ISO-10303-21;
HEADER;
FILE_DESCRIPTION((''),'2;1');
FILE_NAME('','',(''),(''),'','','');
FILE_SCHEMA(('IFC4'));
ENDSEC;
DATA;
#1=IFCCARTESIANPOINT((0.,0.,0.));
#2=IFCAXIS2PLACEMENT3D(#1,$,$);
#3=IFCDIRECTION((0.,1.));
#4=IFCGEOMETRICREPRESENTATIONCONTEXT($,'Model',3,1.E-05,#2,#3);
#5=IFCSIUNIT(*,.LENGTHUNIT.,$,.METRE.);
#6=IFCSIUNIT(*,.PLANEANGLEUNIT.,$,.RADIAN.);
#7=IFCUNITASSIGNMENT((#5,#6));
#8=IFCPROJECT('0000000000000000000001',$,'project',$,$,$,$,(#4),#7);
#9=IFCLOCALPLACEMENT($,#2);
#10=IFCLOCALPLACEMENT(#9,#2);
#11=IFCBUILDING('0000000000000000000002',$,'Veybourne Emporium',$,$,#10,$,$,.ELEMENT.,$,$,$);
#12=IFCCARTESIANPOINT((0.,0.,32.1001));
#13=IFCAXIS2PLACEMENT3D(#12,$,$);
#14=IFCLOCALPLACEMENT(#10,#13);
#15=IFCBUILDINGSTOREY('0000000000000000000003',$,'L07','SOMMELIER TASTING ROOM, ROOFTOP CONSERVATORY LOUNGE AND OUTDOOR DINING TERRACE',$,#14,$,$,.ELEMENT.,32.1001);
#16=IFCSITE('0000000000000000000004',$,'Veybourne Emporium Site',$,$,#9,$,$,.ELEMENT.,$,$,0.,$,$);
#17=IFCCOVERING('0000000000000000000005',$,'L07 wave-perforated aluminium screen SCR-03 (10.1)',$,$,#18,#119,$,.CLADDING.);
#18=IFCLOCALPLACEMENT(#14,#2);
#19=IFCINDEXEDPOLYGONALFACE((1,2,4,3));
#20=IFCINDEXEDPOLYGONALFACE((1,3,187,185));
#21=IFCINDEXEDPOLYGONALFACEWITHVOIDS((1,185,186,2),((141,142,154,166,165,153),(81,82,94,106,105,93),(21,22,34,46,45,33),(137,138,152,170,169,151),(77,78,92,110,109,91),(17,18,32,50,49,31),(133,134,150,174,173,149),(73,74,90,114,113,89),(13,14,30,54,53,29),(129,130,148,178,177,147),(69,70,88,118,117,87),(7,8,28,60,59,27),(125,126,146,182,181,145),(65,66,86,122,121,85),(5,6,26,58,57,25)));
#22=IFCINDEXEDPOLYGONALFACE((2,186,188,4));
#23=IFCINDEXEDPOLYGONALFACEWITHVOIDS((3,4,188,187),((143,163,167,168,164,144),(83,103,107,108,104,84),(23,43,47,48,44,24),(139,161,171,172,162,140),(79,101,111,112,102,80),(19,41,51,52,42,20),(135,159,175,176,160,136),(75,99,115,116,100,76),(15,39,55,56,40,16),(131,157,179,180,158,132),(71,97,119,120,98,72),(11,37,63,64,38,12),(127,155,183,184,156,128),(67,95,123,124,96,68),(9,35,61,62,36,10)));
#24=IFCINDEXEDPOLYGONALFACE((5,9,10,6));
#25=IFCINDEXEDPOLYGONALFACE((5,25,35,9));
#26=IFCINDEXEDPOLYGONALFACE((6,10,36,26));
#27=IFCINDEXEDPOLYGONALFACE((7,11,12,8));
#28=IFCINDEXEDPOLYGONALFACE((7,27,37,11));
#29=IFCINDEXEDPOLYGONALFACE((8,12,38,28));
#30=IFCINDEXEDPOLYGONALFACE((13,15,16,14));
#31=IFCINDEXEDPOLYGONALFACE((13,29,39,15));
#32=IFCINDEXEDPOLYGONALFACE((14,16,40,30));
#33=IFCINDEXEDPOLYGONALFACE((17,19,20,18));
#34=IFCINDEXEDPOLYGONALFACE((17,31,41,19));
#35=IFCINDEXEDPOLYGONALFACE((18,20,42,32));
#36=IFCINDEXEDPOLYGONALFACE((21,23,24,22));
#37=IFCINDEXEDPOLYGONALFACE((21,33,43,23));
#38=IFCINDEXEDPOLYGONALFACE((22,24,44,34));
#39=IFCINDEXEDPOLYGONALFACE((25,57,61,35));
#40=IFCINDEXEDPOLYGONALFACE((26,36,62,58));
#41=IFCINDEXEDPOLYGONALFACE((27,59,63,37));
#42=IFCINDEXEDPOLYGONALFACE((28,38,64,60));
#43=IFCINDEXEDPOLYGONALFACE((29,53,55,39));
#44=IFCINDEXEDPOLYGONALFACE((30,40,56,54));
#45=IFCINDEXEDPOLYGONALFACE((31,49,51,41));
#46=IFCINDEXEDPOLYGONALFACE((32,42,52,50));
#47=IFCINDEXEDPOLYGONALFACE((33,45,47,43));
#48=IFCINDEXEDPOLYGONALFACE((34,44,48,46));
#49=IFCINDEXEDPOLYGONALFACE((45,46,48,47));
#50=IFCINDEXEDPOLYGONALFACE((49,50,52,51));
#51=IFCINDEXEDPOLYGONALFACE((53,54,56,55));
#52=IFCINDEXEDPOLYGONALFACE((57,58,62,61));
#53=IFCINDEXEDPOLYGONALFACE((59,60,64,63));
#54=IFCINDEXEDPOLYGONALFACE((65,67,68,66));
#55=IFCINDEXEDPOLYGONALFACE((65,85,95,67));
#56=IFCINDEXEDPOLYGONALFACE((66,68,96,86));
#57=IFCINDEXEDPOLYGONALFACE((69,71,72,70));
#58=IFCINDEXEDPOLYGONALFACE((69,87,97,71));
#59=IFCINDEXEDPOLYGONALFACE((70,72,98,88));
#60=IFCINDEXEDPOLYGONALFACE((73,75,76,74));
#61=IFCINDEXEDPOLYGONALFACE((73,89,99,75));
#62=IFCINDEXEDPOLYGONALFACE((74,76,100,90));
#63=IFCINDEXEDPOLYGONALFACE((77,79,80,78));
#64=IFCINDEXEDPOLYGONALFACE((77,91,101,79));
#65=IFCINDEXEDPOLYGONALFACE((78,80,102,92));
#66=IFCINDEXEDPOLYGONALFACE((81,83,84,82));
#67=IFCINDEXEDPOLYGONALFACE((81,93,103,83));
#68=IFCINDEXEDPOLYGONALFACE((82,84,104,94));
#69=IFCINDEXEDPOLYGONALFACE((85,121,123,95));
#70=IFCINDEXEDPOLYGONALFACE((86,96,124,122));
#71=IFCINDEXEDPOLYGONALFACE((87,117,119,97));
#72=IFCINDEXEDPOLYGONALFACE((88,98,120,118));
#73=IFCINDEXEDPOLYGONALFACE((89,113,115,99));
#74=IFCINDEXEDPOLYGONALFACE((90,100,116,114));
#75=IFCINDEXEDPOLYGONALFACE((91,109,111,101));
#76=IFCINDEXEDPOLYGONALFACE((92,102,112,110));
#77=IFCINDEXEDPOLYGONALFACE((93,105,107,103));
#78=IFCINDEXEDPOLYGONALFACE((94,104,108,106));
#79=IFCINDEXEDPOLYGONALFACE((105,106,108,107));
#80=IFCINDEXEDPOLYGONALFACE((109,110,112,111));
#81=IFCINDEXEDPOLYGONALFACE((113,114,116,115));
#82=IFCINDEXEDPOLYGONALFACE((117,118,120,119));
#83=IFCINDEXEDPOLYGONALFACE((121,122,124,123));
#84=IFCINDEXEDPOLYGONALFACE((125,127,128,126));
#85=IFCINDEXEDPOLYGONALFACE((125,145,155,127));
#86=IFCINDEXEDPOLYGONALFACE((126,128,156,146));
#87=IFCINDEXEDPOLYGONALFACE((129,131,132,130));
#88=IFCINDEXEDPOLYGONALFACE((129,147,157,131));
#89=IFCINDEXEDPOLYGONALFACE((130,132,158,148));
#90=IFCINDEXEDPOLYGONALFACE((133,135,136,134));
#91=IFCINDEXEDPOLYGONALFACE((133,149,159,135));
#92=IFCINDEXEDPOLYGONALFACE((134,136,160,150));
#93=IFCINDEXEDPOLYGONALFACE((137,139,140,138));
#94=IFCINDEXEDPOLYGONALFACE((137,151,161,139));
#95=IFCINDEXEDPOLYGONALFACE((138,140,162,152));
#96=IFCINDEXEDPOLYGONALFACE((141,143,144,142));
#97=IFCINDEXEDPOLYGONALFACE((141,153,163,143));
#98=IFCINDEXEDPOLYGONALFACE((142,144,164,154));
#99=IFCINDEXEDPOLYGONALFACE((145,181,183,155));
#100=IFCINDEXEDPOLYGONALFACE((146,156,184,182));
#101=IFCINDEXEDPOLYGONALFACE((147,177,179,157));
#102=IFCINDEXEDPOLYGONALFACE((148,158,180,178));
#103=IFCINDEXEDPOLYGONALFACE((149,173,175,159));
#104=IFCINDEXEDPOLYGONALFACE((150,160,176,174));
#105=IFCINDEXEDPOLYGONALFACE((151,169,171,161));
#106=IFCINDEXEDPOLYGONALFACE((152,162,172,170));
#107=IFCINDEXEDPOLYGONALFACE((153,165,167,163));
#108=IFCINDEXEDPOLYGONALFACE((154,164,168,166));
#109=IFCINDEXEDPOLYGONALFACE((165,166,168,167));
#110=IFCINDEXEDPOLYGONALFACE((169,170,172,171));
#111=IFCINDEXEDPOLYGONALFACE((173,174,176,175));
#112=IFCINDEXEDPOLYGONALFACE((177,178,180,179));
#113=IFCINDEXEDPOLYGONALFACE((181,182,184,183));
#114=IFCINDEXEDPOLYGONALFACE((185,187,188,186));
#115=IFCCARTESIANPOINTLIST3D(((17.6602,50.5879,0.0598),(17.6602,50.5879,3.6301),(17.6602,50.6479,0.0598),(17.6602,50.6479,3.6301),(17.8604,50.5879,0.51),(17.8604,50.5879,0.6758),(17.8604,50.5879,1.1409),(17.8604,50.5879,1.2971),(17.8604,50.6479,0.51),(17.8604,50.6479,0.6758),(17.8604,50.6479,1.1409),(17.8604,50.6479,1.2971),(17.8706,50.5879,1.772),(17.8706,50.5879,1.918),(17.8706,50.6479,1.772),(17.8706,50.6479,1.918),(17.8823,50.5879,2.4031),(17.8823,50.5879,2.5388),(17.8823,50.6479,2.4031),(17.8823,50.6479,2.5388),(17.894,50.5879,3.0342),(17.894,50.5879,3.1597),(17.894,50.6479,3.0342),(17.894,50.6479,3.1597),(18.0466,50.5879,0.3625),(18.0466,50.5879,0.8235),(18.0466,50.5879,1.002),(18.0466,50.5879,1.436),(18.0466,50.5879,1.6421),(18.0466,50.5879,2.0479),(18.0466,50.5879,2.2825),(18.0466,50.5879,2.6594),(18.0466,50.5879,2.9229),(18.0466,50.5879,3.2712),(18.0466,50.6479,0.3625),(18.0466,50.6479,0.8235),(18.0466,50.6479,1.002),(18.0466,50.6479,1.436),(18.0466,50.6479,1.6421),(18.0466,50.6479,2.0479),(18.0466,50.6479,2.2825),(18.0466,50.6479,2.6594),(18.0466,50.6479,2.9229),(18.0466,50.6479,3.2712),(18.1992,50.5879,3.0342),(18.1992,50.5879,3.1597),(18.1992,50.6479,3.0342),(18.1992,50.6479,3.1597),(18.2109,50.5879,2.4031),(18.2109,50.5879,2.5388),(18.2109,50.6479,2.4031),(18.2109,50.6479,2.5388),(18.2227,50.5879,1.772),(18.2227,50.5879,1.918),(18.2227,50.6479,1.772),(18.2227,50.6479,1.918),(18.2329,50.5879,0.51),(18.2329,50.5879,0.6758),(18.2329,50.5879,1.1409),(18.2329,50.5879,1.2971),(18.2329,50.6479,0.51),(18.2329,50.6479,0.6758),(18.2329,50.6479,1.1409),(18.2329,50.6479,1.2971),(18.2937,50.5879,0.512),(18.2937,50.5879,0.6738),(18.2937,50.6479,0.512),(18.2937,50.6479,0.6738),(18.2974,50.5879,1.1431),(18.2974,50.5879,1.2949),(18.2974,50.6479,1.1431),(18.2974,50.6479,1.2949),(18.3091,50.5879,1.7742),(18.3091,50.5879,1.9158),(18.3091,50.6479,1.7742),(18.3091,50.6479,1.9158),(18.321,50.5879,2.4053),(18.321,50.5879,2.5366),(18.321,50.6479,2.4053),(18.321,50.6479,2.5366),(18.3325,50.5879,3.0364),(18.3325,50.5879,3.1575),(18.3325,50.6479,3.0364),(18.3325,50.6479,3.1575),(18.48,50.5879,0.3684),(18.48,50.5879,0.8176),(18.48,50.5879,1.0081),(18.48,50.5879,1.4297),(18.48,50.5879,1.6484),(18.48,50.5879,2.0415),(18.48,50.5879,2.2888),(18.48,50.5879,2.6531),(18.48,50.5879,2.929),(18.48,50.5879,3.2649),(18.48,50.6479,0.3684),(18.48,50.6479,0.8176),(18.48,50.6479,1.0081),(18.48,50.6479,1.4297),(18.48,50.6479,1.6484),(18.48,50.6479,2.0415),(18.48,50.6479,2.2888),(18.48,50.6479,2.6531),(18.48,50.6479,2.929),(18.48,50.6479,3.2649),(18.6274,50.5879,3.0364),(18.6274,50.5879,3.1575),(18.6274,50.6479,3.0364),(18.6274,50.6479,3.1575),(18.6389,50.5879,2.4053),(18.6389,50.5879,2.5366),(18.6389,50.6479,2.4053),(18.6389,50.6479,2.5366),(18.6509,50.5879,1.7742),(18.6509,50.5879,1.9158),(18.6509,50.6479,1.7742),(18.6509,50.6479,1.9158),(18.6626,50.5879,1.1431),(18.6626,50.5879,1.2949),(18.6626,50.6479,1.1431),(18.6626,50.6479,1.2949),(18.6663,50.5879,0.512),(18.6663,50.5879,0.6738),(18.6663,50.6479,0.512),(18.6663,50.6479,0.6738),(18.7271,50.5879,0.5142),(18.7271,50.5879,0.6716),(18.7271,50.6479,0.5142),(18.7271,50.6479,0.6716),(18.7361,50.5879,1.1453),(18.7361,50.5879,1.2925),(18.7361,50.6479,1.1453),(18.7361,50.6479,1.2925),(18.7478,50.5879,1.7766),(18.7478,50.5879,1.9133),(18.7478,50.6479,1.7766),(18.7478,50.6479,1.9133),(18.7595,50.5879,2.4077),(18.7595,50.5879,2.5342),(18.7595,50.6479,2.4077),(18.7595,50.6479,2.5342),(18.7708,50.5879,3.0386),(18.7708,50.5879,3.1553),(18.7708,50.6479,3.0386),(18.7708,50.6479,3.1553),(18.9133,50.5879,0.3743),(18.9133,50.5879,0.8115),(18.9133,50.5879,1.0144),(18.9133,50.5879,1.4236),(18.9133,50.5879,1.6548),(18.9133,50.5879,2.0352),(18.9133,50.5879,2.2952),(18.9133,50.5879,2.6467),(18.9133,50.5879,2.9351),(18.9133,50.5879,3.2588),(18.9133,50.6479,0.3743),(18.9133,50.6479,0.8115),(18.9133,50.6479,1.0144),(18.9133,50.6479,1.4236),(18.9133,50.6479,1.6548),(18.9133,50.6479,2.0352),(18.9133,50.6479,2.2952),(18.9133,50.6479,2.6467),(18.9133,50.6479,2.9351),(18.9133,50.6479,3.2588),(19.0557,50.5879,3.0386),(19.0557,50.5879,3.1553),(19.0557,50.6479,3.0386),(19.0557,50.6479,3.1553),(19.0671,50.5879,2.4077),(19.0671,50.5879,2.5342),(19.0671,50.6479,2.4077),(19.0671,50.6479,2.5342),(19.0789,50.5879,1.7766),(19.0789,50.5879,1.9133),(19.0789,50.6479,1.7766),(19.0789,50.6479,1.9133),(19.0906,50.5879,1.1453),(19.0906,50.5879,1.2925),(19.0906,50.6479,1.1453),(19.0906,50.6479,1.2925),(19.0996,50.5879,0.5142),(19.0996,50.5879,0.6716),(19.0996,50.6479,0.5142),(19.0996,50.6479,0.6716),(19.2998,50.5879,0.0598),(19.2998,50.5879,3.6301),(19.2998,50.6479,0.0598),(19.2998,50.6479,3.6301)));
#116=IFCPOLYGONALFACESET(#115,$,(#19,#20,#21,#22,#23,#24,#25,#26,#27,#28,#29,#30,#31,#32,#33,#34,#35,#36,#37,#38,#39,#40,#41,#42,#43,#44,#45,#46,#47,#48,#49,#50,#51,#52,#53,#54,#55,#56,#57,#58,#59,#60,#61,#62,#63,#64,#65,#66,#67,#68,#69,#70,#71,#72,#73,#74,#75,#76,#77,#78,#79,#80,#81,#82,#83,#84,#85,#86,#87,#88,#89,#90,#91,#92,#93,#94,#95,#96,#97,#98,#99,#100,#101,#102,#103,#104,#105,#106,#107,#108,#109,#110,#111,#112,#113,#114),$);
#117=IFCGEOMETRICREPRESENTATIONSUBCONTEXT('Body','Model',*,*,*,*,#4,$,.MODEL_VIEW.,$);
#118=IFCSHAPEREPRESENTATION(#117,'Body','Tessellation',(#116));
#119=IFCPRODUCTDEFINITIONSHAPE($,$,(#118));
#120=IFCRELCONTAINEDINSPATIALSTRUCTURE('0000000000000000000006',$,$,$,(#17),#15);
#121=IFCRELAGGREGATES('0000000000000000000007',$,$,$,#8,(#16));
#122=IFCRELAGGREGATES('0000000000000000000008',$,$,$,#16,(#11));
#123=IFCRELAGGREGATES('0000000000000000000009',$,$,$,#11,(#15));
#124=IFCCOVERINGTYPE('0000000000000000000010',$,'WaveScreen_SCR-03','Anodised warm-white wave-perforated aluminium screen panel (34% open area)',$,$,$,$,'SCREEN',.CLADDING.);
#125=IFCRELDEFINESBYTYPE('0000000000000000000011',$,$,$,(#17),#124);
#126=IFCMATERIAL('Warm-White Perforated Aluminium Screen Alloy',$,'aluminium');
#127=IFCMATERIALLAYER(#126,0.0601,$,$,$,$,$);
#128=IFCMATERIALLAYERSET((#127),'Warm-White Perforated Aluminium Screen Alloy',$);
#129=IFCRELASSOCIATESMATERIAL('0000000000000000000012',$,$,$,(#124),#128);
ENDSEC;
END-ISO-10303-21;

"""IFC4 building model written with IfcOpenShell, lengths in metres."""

from ifc_helpers import new_model, si_unit, direction, frame, origin, place, context, subcontext, project, spatial, polyline, outline, extrude, material, layer, layer_set, type_object, element, save


model = new_model("IFC4")

# Units and contexts
model_context = context("Model", 3, precision=1e-05, world=origin(), true_north=direction((0.0, 1.0)))
body_context = subcontext(model_context, "Body", "Model", "MODEL_VIEW")
ifc_project = project(units=[si_unit("LENGTHUNIT", "METRE"), si_unit("PLANEANGLEUNIT", "RADIAN")], contexts=[model_context])

# Site, building, storey
site_placement = place(None, origin())
site = spatial("IfcSite", under=ifc_project, at=site_placement, Name="Veybourne Emporium Site", CompositionType="ELEMENT", RefElevation=0.0)
building_placement = place(site_placement, origin())
building = spatial("IfcBuilding", under=site, at=building_placement, Name="Veybourne Emporium", CompositionType="ELEMENT")
storey_placement = place(building_placement, frame((0.0, 0.0, 32.1001)))
storey = spatial("IfcBuildingStorey", under=building, at=storey_placement, Name="L07", Description="SOMMELIER TASTING ROOM, ROOFTOP CONSERVATORY LOUNGE AND OUTDOOR DINING TERRACE", CompositionType="ELEMENT", Elevation=32.1001)

# Covering
ifc_material_1 = material(Name="Warm-White Perforated Aluminium Screen Alloy", Category="aluminium")
ifc_layer_1 = layer(ifc_material_1, 0.0601)
ifc_layer_set_1 = layer_set([ifc_layer_1], Name="Warm-White Perforated Aluminium Screen Alloy")
covering_type_1 = type_object("IfcCoveringType", Name="WaveScreen_SCR-03", Description="Anodised warm-white wave-perforated aluminium screen panel (34% open area)", ElementType="SCREEN", PredefinedType="CLADDING", material=ifc_layer_set_1)
covering_1_placement = place(storey_placement, frame((18.48, 50.6479, 1.845), z_axis=(0.0, -1.0, 0.0), x_axis=(1.0, 0.0, 0.0)))
element("IfcCovering", 1, at=covering_1_placement, inside=storey, type_object=covering_type_1, Name="L07 wave-perforated aluminium screen SCR-03 (10.1)", PredefinedType="CLADDING", context=body_context, shape_type="SweptSolid", body=[
    extrude(outline(polyline([(-0.8198, -1.7852), (0.8198, -1.7852), (0.8198, 1.7852), (-0.8198, 1.7852), (-0.8198, -1.7852)]), holes=[polyline([(-0.4333, -1.0215), (-0.2471, -1.1692), (-0.2471, -1.335), (-0.4333, -1.4824), (-0.6196, -1.335), (-0.6196, -1.1692), (-0.4333, -1.0215)]), polyline([(-0.4333, -0.4089), (-0.2471, -0.5479), (-0.2471, -0.7041), (-0.4333, -0.843), (-0.6196, -0.7041), (-0.6196, -0.5479), (-0.4333, -0.4089)]), polyline([(-0.4333, 0.2029), (-0.2573, 0.073), (-0.2573, -0.073), (-0.4333, -0.2029), (-0.6094, -0.073), (-0.6094, 0.073), (-0.4333, 0.2029)]), polyline([(-0.4333, 0.8145), (-0.269, 0.6938), (-0.269, 0.5581), (-0.4333, 0.4375), (-0.5977, 0.5581), (-0.5977, 0.6938), (-0.4333, 0.8145)]), polyline([(-0.4333, 1.4263), (-0.2808, 1.3147), (-0.2808, 1.1892), (-0.4333, 1.0779), (-0.5859, 1.1892), (-0.5859, 1.3147), (-0.4333, 1.4263)]), polyline([(0.0, -1.0273), (0.1863, -1.1711), (0.1863, -1.333), (0.0, -1.4766), (-0.1863, -1.333), (-0.1863, -1.1711), (0.0, -1.0273)]), polyline([(0.0, -0.4153), (0.1826, -0.55), (0.1826, -0.7019), (0.0, -0.8369), (-0.1826, -0.7019), (-0.1826, -0.55), (0.0, -0.4153)]), polyline([(0.0, 0.1965), (0.1709, 0.0708), (0.1709, -0.0708), (0.0, -0.1965), (-0.1709, -0.0708), (-0.1709, 0.0708), (0.0, 0.1965)]), polyline([(0.0, 0.8081), (0.1589, 0.6917), (0.1589, 0.5603), (0.0, 0.4438), (-0.1589, 0.5603), (-0.1589, 0.6917), (0.0, 0.8081)]), polyline([(0.0, 1.4199), (0.1475, 1.3125), (0.1475, 1.1914), (0.0, 1.084), (-0.1475, 1.1914), (-0.1475, 1.3125), (0.0, 1.4199)]), polyline([(0.4333, -1.0334), (0.6196, -1.1733), (0.6196, -1.3308), (0.4333, -1.4707), (0.2471, -1.3308), (0.2471, -1.1733), (0.4333, -1.0334)]), polyline([(0.4333, -0.4214), (0.6106, -0.5525), (0.6106, -0.6997), (0.4333, -0.8306), (0.2561, -0.6997), (0.2561, -0.5525), (0.4333, -0.4214)]), polyline([(0.4333, 0.1902), (0.5989, 0.0684), (0.5989, -0.0684), (0.4333, -0.1902), (0.2678, -0.0684), (0.2678, 0.0684), (0.4333, 0.1902)]), polyline([(0.4333, 0.8018), (0.5872, 0.6892), (0.5872, 0.5627), (0.4333, 0.4502), (0.2795, 0.5627), (0.2795, 0.6892), (0.4333, 0.8018)]), polyline([(0.4333, 1.4138), (0.5757, 1.3103), (0.5757, 1.1936), (0.4333, 1.0901), (0.2908, 1.1936), (0.2908, 1.3103), (0.4333, 1.4138)])]), origin(), (0.0, 0.0, 1.0), 0.0601),
])

save(model, "model.ifc")
